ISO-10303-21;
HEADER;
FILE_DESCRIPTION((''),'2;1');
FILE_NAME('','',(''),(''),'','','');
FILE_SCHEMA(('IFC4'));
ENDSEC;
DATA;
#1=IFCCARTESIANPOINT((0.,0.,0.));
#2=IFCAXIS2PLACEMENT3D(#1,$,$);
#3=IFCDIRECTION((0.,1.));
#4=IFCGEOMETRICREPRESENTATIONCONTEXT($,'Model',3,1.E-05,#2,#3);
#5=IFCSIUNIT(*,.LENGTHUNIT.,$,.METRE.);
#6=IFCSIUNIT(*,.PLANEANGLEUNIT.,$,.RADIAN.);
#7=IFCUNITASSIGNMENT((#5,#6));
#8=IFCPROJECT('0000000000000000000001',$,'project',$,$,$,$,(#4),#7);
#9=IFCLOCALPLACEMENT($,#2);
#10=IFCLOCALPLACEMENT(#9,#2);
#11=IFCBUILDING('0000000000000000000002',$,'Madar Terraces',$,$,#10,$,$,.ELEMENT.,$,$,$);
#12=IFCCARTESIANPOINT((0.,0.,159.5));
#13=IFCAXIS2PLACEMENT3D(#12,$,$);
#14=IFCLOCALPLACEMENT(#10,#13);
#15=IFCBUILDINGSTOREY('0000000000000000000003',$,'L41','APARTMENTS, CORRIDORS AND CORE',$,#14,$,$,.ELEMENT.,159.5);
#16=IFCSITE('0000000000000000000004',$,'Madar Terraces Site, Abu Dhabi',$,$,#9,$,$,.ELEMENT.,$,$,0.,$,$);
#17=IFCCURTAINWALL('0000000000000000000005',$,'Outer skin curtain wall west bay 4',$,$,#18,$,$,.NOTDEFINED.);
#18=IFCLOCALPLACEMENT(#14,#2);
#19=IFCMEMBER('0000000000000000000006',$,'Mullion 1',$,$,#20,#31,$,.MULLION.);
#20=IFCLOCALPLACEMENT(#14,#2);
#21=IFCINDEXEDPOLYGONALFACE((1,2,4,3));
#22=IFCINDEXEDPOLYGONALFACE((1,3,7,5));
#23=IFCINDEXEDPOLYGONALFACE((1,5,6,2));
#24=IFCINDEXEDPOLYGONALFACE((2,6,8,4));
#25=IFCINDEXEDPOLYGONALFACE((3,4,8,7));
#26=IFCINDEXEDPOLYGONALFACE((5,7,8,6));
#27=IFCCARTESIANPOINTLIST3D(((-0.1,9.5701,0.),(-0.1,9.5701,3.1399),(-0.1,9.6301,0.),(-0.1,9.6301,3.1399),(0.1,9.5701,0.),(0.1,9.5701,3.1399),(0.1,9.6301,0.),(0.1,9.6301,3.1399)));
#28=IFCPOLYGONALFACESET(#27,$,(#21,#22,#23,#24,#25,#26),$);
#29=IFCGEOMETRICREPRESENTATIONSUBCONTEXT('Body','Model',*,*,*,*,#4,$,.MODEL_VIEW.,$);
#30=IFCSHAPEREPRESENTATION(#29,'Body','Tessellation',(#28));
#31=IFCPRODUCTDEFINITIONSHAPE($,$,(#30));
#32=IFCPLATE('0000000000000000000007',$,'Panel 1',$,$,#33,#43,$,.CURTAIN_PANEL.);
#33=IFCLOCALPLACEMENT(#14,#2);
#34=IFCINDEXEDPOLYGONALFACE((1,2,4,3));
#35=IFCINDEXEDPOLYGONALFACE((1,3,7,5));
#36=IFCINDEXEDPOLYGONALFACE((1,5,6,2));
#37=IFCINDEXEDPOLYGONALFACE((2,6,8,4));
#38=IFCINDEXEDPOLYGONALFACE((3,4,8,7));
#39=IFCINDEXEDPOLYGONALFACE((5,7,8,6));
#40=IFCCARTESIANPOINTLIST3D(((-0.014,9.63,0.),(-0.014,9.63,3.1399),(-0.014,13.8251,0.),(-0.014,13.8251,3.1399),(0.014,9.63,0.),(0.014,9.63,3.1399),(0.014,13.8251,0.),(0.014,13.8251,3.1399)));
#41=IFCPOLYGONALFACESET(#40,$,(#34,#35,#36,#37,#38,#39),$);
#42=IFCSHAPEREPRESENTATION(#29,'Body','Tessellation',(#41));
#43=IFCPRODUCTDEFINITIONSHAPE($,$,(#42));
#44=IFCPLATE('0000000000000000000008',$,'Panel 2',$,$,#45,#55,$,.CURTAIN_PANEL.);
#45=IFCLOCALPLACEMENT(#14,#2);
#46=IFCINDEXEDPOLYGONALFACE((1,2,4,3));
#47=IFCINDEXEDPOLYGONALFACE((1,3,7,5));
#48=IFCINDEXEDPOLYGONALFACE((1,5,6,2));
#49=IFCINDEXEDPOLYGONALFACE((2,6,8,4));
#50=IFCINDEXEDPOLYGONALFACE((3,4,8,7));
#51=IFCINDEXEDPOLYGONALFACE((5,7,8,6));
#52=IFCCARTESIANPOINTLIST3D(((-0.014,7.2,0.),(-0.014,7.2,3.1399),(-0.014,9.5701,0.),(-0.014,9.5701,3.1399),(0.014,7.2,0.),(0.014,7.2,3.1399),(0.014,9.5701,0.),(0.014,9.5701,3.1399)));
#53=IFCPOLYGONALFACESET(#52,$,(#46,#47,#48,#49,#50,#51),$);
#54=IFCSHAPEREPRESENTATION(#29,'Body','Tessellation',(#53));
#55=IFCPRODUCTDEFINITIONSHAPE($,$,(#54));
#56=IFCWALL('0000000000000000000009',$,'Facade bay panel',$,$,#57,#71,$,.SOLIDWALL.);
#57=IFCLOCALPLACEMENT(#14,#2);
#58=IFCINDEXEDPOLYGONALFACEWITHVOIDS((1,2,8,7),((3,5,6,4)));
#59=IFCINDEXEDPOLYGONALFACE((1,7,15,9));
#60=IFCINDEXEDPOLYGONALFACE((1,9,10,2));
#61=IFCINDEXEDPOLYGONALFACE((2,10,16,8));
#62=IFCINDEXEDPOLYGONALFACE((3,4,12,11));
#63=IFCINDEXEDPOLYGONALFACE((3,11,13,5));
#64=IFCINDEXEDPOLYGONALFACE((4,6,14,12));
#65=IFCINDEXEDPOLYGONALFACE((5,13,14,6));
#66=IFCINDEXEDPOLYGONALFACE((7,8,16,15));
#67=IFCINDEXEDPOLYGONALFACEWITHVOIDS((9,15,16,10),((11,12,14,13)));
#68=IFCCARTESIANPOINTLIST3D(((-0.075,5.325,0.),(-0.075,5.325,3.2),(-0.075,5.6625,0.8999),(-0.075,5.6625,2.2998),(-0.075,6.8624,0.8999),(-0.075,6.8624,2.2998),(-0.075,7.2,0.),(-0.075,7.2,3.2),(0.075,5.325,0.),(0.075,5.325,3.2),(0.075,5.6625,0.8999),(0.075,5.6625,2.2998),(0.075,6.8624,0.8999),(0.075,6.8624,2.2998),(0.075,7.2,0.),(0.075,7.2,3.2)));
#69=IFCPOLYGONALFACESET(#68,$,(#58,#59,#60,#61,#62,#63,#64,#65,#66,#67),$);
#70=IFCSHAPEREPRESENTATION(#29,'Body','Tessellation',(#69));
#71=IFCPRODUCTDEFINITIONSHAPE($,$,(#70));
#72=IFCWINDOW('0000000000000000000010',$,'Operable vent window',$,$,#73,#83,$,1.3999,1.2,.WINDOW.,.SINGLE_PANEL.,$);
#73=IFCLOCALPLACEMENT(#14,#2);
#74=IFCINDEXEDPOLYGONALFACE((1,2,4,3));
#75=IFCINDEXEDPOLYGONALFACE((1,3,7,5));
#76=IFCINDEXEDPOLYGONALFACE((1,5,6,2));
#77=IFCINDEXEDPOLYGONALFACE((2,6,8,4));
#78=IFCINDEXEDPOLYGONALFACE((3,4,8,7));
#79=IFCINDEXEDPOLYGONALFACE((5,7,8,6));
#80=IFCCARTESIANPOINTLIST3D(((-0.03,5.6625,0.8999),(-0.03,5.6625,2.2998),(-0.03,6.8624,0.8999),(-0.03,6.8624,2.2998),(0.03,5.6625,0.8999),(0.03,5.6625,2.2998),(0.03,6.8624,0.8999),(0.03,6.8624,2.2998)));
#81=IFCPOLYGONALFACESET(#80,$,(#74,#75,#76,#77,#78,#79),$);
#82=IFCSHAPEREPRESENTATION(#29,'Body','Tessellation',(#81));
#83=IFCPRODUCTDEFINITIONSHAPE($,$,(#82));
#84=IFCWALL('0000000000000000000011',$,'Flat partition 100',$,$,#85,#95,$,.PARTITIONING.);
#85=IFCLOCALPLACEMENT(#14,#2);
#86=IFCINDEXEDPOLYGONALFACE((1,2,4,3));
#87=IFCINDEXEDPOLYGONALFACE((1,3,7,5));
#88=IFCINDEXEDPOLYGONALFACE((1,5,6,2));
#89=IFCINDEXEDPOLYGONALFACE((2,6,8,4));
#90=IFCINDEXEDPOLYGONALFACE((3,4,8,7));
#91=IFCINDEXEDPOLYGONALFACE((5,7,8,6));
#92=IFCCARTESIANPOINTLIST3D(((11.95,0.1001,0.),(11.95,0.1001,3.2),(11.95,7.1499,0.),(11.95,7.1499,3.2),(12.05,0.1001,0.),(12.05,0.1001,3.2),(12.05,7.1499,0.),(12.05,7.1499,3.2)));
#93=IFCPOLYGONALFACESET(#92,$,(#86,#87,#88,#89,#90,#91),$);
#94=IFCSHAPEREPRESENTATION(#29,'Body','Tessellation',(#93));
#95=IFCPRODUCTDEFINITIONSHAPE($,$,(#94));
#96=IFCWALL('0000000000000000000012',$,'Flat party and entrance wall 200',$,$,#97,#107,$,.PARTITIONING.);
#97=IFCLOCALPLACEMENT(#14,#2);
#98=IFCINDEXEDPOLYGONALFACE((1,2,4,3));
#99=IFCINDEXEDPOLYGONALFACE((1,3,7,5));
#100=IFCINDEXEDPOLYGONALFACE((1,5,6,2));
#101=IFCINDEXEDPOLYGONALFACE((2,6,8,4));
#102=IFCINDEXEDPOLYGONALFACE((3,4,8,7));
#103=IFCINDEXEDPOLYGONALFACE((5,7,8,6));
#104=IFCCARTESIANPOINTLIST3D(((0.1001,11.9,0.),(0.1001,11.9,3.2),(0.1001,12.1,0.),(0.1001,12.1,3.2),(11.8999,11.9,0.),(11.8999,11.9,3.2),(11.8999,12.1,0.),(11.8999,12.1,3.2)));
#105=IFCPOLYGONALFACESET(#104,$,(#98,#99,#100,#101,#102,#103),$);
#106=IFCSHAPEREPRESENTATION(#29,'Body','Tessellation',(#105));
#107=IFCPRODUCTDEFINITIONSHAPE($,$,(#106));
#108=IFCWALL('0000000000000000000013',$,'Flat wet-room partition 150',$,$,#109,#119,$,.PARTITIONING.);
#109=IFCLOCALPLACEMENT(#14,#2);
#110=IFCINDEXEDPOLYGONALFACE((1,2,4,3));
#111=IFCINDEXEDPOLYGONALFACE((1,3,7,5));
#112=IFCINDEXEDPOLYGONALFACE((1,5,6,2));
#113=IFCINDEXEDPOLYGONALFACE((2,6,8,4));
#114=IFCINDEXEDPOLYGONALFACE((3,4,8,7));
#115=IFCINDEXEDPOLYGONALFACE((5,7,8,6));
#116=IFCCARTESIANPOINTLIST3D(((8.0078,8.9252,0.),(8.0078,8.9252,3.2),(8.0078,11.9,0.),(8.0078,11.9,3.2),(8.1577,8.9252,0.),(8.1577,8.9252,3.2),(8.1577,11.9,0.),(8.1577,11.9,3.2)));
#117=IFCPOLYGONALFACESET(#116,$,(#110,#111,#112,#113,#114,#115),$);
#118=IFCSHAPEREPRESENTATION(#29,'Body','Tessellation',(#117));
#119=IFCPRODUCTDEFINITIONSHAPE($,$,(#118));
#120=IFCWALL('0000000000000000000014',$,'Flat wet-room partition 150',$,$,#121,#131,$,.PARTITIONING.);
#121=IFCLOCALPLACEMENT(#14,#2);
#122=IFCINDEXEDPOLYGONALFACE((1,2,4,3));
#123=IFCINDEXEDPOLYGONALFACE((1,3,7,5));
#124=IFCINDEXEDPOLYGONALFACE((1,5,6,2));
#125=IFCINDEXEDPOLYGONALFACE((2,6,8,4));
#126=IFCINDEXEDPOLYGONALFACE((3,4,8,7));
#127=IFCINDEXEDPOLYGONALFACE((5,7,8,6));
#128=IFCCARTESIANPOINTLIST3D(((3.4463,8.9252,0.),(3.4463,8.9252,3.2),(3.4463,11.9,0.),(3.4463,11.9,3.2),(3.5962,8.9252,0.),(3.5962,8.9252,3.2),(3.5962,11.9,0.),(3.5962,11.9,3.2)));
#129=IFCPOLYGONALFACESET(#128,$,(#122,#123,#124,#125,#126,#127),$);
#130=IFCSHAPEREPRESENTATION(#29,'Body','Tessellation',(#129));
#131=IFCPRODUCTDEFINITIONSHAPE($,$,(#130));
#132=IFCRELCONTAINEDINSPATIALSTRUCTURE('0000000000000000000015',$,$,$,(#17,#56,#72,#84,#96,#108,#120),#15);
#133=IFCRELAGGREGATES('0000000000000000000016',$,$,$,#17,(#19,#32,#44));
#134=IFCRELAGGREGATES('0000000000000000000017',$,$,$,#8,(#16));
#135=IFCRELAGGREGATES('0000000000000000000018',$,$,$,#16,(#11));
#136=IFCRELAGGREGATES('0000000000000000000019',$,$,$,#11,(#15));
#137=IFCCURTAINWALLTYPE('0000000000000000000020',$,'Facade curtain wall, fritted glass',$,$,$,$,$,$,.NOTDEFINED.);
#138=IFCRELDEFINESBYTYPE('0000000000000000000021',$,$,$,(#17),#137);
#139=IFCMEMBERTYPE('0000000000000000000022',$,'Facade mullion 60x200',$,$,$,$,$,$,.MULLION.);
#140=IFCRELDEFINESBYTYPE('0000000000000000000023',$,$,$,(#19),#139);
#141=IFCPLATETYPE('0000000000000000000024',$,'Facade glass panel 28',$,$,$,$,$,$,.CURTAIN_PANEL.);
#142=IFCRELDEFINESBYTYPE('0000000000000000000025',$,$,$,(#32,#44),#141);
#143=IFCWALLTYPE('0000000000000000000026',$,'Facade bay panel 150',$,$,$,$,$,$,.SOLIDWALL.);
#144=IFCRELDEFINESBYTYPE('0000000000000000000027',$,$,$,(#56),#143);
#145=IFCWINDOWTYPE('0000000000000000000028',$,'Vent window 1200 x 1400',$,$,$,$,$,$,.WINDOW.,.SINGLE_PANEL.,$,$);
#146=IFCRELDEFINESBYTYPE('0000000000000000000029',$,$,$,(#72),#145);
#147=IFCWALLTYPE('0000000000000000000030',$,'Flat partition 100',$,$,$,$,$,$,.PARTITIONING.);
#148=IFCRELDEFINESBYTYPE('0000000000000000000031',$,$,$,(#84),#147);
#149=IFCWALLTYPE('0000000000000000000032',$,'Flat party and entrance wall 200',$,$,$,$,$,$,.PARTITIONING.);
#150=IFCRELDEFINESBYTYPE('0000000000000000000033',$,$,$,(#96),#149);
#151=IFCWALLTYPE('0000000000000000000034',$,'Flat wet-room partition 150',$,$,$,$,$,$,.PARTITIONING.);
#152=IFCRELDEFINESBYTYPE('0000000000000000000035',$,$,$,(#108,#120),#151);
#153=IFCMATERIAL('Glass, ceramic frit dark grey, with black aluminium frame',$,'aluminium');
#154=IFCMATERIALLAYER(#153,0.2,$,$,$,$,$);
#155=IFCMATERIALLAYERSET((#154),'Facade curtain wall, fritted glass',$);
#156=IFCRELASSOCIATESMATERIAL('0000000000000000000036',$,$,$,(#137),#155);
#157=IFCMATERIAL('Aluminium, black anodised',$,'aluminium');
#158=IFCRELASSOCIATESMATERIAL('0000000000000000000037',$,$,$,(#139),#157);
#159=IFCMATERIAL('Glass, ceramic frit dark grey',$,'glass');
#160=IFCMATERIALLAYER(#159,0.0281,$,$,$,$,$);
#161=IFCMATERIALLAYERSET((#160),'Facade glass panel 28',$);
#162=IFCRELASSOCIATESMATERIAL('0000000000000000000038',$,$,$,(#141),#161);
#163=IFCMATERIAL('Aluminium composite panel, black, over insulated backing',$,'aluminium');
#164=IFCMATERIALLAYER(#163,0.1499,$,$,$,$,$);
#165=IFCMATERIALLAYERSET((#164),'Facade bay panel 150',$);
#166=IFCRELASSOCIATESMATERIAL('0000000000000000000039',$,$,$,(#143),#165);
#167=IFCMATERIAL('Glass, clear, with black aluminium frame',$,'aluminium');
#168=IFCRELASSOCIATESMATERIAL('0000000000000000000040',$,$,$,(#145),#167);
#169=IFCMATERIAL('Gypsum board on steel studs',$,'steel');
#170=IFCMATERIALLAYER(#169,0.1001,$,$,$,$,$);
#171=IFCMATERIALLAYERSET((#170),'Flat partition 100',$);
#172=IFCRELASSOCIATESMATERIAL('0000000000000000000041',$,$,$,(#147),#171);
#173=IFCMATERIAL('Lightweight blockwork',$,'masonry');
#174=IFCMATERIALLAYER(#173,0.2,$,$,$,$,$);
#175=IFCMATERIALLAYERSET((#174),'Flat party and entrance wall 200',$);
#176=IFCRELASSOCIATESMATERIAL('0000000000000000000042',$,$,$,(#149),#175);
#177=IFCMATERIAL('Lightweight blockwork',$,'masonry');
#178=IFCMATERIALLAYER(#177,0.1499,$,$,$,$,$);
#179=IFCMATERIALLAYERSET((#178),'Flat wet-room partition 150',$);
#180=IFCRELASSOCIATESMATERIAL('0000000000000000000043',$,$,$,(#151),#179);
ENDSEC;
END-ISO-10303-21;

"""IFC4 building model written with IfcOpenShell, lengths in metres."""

from ifc_helpers import new_model, si_unit, direction, frame, frame_2d, origin, origin_2d, place, context, subcontext, project, spatial, rectangle, extrude, material, layer, layer_set, material_profile, profile_set, type_object, element, fill, aggregate, save


model = new_model("IFC4")

# Units and contexts
model_context = context("Model", 3, precision=1e-05, world=origin(), true_north=direction((0.0, 1.0)))
body_context = subcontext(model_context, "Body", "Model", "MODEL_VIEW")
ifc_project = project(units=[si_unit("LENGTHUNIT", "METRE"), si_unit("PLANEANGLEUNIT", "RADIAN")], contexts=[model_context])

# Site, building, storey
site_placement = place(None, origin())
site = spatial("IfcSite", under=ifc_project, at=site_placement, Name="Madar Terraces Site, Abu Dhabi", CompositionType="ELEMENT", RefElevation=0.0)
building_placement = place(site_placement, origin())
building = spatial("IfcBuilding", under=site, at=building_placement, Name="Madar Terraces", CompositionType="ELEMENT")
storey_placement = place(building_placement, frame((0.0, 0.0, 159.5)))
storey = spatial("IfcBuildingStorey", under=building, at=storey_placement, Name="L41", Description="APARTMENTS, CORRIDORS AND CORE", CompositionType="ELEMENT", Elevation=159.5)

# Curtain wall, member, plates
ifc_material_1 = material(Name="Glass, ceramic frit dark grey, with black aluminium frame", Category="aluminium")
ifc_layer_1 = layer(ifc_material_1, 0.2)
ifc_layer_set_1 = layer_set([ifc_layer_1], Name="Facade curtain wall, fritted glass")
curtain_wall_type = type_object("IfcCurtainWallType", Name="Facade curtain wall, fritted glass", PredefinedType="NOTDEFINED", material=ifc_layer_set_1)
curtain_wall_placement = place(storey_placement, origin())
curtain_wall = element("IfcCurtainWall", 1, at=curtain_wall_placement, inside=storey, type_object=curtain_wall_type, Name="Outer skin curtain wall west bay 4", PredefinedType="NOTDEFINED")
ifc_material_2 = material(Name="Aluminium, black anodised", Category="aluminium")
ifc_material_profile = material_profile(ifc_material_2, rectangle(XDim=0.2, YDim=0.0601, at=origin_2d()), Name="Facade mullion 60x200")
ifc_profile_set = profile_set([ifc_material_profile], Name="Aluminium, black anodised")
member_type = type_object("IfcMemberType", Name="Facade mullion 60x200", PredefinedType="MULLION", material=ifc_profile_set)
member_placement = place(storey_placement, frame((0.0, 9.6001, 0.0), z_axis=(0.0, 0.0, 1.0), x_axis=(1.0, 0.0, 0.0)))
member = element("IfcMember", 2, at=member_placement, type_object=member_type, Name="Mullion 1", PredefinedType="MULLION", context=body_context, shape_type="SweptSolid", body=[
    extrude(rectangle(XDim=0.2, YDim=0.0601, at=origin_2d()), origin(), (0.0, 0.0, 1.0), 3.1399),
])
ifc_material_3 = material(Name="Glass, ceramic frit dark grey", Category="glass")
ifc_layer_2 = layer(ifc_material_3, 0.0281)
ifc_layer_set_2 = layer_set([ifc_layer_2], Name="Facade glass panel 28")
plate_type = type_object("IfcPlateType", Name="Facade glass panel 28", PredefinedType="CURTAIN_PANEL", material=ifc_layer_set_2)
plate_1_placement = place(storey_placement, frame((0.0, 11.7275, 0.0), z_axis=(0.0, 0.0, 1.0), x_axis=(0.0, -1.0, 0.0)))
plate_1 = element("IfcPlate", 3, at=plate_1_placement, type_object=plate_type, Name="Panel 1", PredefinedType="CURTAIN_PANEL", context=body_context, shape_type="SweptSolid", body=[
    extrude(rectangle(XDim=4.1951, YDim=0.0281, at=origin_2d()), origin(), (0.0, 0.0, 1.0), 3.1399),
])
plate_2_placement = place(storey_placement, frame((0.0, 8.385, 0.0), z_axis=(0.0, 0.0, 1.0), x_axis=(0.0, -1.0, 0.0)))
plate_2 = element("IfcPlate", 4, at=plate_2_placement, type_object=plate_type, Name="Panel 2", PredefinedType="CURTAIN_PANEL", context=body_context, shape_type="SweptSolid", body=[
    extrude(rectangle(XDim=2.3701, YDim=0.0281, at=origin_2d()), origin(), (0.0, 0.0, 1.0), 3.1399),
])
aggregate(curtain_wall, [member, plate_1, plate_2])

# Wall, opening, window
ifc_material_4 = material(Name="Aluminium composite panel, black, over insulated backing", Category="aluminium")
ifc_layer_3 = layer(ifc_material_4, 0.1499)
ifc_layer_set_3 = layer_set([ifc_layer_3], Name="Facade bay panel 150")
wall_type_1 = type_object("IfcWallType", Name="Facade bay panel 150", PredefinedType="SOLIDWALL", material=ifc_layer_set_3)
wall_1_placement = place(storey_placement, frame((0.0, 7.2, 0.0), z_axis=(0.0, 0.0, 1.0), x_axis=(0.0, -1.0, 0.0)))
wall_1 = element("IfcWall", 5, at=wall_1_placement, inside=storey, type_object=wall_type_1, Name="Facade bay panel", PredefinedType="SOLIDWALL", context=body_context, shape_type="SweptSolid", body=[
    extrude(rectangle(XDim=1.875, YDim=0.1499, at=frame_2d((0.9375, 0.0))), origin(), (0.0, 0.0, 1.0), 3.2),
])
opening_1_placement = place(wall_1_placement, frame((0.3374, 0.0, 0.8999)))
opening_1 = element("IfcOpeningElement", 6, at=opening_1_placement, cuts=wall_1, PredefinedType="OPENING", context=body_context, shape_type="SweptSolid", body=[
    extrude(rectangle(XDim=1.2, YDim=1.3999, at=frame_2d((0.6001, 0.7))), frame((0.0, 0.085, 0.0), z_axis=(0.0, -1.0, 0.0), x_axis=(1.0, 0.0, 0.0)), (0.0, 0.0, 1.0), 0.1699),
])
ifc_material_5 = material(Name="Glass, clear, with black aluminium frame", Category="aluminium")
window_type = type_object("IfcWindowType", Name="Vent window 1200 x 1400", PartitioningType="SINGLE_PANEL", PredefinedType="WINDOW", material=ifc_material_5)
window_placement = place(opening_1_placement, origin())
window = element("IfcWindow", 7, at=window_placement, inside=storey, type_object=window_type, Name="Operable vent window", OverallHeight=1.3999, OverallWidth=1.2, PartitioningType="SINGLE_PANEL", PredefinedType="WINDOW", context=body_context, shape_type="SweptSolid", body=[
    extrude(rectangle(XDim=1.2, YDim=1.3999, at=frame_2d((0.6001, 0.7))), frame((0.0, 0.03, 0.0), z_axis=(0.0, -1.0, 0.0), x_axis=(1.0, 0.0, 0.0)), (0.0, 0.0, 1.0), 0.0601),
])
fill(opening_1, window)

# Walls
ifc_material_6 = material(Name="Gypsum board on steel studs", Category="steel")
ifc_layer_4 = layer(ifc_material_6, 0.1001)
ifc_layer_set_4 = layer_set([ifc_layer_4], Name="Flat partition 100")
wall_type_2 = type_object("IfcWallType", Name="Flat partition 100", PredefinedType="PARTITIONING", material=ifc_layer_set_4)
wall_2_placement = place(storey_placement, frame((12.0, 7.1499, 0.0), z_axis=(0.0, 0.0, 1.0), x_axis=(0.0, -1.0, 0.0)))
element("IfcWall", 8, at=wall_2_placement, inside=storey, type_object=wall_type_2, Name="Flat partition 100", PredefinedType="PARTITIONING", context=body_context, shape_type="SweptSolid", body=[
    extrude(rectangle(XDim=7.0498, YDim=0.1001, at=frame_2d((3.5249, 0.0))), origin(), (0.0, 0.0, 1.0), 3.2),
])
ifc_material_7 = material(Name="Lightweight blockwork", Category="masonry")
ifc_layer_5 = layer(ifc_material_7, 0.2)
ifc_layer_set_5 = layer_set([ifc_layer_5], Name="Flat party and entrance wall 200")
wall_type_3 = type_object("IfcWallType", Name="Flat party and entrance wall 200", PredefinedType="PARTITIONING", material=ifc_layer_set_5)
wall_3_placement = place(storey_placement, frame((0.1001, 12.0, 0.0), z_axis=(0.0, 0.0, 1.0), x_axis=(1.0, 0.0, 0.0)))
element("IfcWall", 9, at=wall_3_placement, inside=storey, type_object=wall_type_3, Name="Flat party and entrance wall 200", PredefinedType="PARTITIONING", context=body_context, shape_type="SweptSolid", body=[
    extrude(rectangle(XDim=11.7998, YDim=0.2, at=frame_2d((5.8999, 0.0))), origin(), (0.0, 0.0, 1.0), 3.2),
])
ifc_material_8 = material(Name="Lightweight blockwork", Category="masonry")
ifc_layer_6 = layer(ifc_material_8, 0.1499)
ifc_layer_set_6 = layer_set([ifc_layer_6], Name="Flat wet-room partition 150")
wall_type_4 = type_object("IfcWallType", Name="Flat wet-room partition 150", PredefinedType="PARTITIONING", material=ifc_layer_set_6)
for number, where, z_axis, x_axis, name in (
    (10, (8.0828, 11.8999, 0.0), (0.0, 0.0, 1.0), (0.0, -1.0, 0.0), "Flat wet-room partition 150"),
    (11, (3.5212, 11.8999, 0.0), (0.0, 0.0, 1.0), (0.0, -1.0, 0.0), "Flat wet-room partition 150"),
):
    element("IfcWall", number, at=place(storey_placement, frame(where, z_axis=z_axis, x_axis=x_axis)), inside=storey, type_object=wall_type_4, Name=name, PredefinedType="PARTITIONING", context=body_context, shape_type="SweptSolid", body=[
        extrude(rectangle(XDim=2.9749, YDim=0.1499, at=frame_2d((1.4873, 0.0))), origin(), (0.0, 0.0, 1.0), 3.2),
    ])

save(model, "model.ifc")
